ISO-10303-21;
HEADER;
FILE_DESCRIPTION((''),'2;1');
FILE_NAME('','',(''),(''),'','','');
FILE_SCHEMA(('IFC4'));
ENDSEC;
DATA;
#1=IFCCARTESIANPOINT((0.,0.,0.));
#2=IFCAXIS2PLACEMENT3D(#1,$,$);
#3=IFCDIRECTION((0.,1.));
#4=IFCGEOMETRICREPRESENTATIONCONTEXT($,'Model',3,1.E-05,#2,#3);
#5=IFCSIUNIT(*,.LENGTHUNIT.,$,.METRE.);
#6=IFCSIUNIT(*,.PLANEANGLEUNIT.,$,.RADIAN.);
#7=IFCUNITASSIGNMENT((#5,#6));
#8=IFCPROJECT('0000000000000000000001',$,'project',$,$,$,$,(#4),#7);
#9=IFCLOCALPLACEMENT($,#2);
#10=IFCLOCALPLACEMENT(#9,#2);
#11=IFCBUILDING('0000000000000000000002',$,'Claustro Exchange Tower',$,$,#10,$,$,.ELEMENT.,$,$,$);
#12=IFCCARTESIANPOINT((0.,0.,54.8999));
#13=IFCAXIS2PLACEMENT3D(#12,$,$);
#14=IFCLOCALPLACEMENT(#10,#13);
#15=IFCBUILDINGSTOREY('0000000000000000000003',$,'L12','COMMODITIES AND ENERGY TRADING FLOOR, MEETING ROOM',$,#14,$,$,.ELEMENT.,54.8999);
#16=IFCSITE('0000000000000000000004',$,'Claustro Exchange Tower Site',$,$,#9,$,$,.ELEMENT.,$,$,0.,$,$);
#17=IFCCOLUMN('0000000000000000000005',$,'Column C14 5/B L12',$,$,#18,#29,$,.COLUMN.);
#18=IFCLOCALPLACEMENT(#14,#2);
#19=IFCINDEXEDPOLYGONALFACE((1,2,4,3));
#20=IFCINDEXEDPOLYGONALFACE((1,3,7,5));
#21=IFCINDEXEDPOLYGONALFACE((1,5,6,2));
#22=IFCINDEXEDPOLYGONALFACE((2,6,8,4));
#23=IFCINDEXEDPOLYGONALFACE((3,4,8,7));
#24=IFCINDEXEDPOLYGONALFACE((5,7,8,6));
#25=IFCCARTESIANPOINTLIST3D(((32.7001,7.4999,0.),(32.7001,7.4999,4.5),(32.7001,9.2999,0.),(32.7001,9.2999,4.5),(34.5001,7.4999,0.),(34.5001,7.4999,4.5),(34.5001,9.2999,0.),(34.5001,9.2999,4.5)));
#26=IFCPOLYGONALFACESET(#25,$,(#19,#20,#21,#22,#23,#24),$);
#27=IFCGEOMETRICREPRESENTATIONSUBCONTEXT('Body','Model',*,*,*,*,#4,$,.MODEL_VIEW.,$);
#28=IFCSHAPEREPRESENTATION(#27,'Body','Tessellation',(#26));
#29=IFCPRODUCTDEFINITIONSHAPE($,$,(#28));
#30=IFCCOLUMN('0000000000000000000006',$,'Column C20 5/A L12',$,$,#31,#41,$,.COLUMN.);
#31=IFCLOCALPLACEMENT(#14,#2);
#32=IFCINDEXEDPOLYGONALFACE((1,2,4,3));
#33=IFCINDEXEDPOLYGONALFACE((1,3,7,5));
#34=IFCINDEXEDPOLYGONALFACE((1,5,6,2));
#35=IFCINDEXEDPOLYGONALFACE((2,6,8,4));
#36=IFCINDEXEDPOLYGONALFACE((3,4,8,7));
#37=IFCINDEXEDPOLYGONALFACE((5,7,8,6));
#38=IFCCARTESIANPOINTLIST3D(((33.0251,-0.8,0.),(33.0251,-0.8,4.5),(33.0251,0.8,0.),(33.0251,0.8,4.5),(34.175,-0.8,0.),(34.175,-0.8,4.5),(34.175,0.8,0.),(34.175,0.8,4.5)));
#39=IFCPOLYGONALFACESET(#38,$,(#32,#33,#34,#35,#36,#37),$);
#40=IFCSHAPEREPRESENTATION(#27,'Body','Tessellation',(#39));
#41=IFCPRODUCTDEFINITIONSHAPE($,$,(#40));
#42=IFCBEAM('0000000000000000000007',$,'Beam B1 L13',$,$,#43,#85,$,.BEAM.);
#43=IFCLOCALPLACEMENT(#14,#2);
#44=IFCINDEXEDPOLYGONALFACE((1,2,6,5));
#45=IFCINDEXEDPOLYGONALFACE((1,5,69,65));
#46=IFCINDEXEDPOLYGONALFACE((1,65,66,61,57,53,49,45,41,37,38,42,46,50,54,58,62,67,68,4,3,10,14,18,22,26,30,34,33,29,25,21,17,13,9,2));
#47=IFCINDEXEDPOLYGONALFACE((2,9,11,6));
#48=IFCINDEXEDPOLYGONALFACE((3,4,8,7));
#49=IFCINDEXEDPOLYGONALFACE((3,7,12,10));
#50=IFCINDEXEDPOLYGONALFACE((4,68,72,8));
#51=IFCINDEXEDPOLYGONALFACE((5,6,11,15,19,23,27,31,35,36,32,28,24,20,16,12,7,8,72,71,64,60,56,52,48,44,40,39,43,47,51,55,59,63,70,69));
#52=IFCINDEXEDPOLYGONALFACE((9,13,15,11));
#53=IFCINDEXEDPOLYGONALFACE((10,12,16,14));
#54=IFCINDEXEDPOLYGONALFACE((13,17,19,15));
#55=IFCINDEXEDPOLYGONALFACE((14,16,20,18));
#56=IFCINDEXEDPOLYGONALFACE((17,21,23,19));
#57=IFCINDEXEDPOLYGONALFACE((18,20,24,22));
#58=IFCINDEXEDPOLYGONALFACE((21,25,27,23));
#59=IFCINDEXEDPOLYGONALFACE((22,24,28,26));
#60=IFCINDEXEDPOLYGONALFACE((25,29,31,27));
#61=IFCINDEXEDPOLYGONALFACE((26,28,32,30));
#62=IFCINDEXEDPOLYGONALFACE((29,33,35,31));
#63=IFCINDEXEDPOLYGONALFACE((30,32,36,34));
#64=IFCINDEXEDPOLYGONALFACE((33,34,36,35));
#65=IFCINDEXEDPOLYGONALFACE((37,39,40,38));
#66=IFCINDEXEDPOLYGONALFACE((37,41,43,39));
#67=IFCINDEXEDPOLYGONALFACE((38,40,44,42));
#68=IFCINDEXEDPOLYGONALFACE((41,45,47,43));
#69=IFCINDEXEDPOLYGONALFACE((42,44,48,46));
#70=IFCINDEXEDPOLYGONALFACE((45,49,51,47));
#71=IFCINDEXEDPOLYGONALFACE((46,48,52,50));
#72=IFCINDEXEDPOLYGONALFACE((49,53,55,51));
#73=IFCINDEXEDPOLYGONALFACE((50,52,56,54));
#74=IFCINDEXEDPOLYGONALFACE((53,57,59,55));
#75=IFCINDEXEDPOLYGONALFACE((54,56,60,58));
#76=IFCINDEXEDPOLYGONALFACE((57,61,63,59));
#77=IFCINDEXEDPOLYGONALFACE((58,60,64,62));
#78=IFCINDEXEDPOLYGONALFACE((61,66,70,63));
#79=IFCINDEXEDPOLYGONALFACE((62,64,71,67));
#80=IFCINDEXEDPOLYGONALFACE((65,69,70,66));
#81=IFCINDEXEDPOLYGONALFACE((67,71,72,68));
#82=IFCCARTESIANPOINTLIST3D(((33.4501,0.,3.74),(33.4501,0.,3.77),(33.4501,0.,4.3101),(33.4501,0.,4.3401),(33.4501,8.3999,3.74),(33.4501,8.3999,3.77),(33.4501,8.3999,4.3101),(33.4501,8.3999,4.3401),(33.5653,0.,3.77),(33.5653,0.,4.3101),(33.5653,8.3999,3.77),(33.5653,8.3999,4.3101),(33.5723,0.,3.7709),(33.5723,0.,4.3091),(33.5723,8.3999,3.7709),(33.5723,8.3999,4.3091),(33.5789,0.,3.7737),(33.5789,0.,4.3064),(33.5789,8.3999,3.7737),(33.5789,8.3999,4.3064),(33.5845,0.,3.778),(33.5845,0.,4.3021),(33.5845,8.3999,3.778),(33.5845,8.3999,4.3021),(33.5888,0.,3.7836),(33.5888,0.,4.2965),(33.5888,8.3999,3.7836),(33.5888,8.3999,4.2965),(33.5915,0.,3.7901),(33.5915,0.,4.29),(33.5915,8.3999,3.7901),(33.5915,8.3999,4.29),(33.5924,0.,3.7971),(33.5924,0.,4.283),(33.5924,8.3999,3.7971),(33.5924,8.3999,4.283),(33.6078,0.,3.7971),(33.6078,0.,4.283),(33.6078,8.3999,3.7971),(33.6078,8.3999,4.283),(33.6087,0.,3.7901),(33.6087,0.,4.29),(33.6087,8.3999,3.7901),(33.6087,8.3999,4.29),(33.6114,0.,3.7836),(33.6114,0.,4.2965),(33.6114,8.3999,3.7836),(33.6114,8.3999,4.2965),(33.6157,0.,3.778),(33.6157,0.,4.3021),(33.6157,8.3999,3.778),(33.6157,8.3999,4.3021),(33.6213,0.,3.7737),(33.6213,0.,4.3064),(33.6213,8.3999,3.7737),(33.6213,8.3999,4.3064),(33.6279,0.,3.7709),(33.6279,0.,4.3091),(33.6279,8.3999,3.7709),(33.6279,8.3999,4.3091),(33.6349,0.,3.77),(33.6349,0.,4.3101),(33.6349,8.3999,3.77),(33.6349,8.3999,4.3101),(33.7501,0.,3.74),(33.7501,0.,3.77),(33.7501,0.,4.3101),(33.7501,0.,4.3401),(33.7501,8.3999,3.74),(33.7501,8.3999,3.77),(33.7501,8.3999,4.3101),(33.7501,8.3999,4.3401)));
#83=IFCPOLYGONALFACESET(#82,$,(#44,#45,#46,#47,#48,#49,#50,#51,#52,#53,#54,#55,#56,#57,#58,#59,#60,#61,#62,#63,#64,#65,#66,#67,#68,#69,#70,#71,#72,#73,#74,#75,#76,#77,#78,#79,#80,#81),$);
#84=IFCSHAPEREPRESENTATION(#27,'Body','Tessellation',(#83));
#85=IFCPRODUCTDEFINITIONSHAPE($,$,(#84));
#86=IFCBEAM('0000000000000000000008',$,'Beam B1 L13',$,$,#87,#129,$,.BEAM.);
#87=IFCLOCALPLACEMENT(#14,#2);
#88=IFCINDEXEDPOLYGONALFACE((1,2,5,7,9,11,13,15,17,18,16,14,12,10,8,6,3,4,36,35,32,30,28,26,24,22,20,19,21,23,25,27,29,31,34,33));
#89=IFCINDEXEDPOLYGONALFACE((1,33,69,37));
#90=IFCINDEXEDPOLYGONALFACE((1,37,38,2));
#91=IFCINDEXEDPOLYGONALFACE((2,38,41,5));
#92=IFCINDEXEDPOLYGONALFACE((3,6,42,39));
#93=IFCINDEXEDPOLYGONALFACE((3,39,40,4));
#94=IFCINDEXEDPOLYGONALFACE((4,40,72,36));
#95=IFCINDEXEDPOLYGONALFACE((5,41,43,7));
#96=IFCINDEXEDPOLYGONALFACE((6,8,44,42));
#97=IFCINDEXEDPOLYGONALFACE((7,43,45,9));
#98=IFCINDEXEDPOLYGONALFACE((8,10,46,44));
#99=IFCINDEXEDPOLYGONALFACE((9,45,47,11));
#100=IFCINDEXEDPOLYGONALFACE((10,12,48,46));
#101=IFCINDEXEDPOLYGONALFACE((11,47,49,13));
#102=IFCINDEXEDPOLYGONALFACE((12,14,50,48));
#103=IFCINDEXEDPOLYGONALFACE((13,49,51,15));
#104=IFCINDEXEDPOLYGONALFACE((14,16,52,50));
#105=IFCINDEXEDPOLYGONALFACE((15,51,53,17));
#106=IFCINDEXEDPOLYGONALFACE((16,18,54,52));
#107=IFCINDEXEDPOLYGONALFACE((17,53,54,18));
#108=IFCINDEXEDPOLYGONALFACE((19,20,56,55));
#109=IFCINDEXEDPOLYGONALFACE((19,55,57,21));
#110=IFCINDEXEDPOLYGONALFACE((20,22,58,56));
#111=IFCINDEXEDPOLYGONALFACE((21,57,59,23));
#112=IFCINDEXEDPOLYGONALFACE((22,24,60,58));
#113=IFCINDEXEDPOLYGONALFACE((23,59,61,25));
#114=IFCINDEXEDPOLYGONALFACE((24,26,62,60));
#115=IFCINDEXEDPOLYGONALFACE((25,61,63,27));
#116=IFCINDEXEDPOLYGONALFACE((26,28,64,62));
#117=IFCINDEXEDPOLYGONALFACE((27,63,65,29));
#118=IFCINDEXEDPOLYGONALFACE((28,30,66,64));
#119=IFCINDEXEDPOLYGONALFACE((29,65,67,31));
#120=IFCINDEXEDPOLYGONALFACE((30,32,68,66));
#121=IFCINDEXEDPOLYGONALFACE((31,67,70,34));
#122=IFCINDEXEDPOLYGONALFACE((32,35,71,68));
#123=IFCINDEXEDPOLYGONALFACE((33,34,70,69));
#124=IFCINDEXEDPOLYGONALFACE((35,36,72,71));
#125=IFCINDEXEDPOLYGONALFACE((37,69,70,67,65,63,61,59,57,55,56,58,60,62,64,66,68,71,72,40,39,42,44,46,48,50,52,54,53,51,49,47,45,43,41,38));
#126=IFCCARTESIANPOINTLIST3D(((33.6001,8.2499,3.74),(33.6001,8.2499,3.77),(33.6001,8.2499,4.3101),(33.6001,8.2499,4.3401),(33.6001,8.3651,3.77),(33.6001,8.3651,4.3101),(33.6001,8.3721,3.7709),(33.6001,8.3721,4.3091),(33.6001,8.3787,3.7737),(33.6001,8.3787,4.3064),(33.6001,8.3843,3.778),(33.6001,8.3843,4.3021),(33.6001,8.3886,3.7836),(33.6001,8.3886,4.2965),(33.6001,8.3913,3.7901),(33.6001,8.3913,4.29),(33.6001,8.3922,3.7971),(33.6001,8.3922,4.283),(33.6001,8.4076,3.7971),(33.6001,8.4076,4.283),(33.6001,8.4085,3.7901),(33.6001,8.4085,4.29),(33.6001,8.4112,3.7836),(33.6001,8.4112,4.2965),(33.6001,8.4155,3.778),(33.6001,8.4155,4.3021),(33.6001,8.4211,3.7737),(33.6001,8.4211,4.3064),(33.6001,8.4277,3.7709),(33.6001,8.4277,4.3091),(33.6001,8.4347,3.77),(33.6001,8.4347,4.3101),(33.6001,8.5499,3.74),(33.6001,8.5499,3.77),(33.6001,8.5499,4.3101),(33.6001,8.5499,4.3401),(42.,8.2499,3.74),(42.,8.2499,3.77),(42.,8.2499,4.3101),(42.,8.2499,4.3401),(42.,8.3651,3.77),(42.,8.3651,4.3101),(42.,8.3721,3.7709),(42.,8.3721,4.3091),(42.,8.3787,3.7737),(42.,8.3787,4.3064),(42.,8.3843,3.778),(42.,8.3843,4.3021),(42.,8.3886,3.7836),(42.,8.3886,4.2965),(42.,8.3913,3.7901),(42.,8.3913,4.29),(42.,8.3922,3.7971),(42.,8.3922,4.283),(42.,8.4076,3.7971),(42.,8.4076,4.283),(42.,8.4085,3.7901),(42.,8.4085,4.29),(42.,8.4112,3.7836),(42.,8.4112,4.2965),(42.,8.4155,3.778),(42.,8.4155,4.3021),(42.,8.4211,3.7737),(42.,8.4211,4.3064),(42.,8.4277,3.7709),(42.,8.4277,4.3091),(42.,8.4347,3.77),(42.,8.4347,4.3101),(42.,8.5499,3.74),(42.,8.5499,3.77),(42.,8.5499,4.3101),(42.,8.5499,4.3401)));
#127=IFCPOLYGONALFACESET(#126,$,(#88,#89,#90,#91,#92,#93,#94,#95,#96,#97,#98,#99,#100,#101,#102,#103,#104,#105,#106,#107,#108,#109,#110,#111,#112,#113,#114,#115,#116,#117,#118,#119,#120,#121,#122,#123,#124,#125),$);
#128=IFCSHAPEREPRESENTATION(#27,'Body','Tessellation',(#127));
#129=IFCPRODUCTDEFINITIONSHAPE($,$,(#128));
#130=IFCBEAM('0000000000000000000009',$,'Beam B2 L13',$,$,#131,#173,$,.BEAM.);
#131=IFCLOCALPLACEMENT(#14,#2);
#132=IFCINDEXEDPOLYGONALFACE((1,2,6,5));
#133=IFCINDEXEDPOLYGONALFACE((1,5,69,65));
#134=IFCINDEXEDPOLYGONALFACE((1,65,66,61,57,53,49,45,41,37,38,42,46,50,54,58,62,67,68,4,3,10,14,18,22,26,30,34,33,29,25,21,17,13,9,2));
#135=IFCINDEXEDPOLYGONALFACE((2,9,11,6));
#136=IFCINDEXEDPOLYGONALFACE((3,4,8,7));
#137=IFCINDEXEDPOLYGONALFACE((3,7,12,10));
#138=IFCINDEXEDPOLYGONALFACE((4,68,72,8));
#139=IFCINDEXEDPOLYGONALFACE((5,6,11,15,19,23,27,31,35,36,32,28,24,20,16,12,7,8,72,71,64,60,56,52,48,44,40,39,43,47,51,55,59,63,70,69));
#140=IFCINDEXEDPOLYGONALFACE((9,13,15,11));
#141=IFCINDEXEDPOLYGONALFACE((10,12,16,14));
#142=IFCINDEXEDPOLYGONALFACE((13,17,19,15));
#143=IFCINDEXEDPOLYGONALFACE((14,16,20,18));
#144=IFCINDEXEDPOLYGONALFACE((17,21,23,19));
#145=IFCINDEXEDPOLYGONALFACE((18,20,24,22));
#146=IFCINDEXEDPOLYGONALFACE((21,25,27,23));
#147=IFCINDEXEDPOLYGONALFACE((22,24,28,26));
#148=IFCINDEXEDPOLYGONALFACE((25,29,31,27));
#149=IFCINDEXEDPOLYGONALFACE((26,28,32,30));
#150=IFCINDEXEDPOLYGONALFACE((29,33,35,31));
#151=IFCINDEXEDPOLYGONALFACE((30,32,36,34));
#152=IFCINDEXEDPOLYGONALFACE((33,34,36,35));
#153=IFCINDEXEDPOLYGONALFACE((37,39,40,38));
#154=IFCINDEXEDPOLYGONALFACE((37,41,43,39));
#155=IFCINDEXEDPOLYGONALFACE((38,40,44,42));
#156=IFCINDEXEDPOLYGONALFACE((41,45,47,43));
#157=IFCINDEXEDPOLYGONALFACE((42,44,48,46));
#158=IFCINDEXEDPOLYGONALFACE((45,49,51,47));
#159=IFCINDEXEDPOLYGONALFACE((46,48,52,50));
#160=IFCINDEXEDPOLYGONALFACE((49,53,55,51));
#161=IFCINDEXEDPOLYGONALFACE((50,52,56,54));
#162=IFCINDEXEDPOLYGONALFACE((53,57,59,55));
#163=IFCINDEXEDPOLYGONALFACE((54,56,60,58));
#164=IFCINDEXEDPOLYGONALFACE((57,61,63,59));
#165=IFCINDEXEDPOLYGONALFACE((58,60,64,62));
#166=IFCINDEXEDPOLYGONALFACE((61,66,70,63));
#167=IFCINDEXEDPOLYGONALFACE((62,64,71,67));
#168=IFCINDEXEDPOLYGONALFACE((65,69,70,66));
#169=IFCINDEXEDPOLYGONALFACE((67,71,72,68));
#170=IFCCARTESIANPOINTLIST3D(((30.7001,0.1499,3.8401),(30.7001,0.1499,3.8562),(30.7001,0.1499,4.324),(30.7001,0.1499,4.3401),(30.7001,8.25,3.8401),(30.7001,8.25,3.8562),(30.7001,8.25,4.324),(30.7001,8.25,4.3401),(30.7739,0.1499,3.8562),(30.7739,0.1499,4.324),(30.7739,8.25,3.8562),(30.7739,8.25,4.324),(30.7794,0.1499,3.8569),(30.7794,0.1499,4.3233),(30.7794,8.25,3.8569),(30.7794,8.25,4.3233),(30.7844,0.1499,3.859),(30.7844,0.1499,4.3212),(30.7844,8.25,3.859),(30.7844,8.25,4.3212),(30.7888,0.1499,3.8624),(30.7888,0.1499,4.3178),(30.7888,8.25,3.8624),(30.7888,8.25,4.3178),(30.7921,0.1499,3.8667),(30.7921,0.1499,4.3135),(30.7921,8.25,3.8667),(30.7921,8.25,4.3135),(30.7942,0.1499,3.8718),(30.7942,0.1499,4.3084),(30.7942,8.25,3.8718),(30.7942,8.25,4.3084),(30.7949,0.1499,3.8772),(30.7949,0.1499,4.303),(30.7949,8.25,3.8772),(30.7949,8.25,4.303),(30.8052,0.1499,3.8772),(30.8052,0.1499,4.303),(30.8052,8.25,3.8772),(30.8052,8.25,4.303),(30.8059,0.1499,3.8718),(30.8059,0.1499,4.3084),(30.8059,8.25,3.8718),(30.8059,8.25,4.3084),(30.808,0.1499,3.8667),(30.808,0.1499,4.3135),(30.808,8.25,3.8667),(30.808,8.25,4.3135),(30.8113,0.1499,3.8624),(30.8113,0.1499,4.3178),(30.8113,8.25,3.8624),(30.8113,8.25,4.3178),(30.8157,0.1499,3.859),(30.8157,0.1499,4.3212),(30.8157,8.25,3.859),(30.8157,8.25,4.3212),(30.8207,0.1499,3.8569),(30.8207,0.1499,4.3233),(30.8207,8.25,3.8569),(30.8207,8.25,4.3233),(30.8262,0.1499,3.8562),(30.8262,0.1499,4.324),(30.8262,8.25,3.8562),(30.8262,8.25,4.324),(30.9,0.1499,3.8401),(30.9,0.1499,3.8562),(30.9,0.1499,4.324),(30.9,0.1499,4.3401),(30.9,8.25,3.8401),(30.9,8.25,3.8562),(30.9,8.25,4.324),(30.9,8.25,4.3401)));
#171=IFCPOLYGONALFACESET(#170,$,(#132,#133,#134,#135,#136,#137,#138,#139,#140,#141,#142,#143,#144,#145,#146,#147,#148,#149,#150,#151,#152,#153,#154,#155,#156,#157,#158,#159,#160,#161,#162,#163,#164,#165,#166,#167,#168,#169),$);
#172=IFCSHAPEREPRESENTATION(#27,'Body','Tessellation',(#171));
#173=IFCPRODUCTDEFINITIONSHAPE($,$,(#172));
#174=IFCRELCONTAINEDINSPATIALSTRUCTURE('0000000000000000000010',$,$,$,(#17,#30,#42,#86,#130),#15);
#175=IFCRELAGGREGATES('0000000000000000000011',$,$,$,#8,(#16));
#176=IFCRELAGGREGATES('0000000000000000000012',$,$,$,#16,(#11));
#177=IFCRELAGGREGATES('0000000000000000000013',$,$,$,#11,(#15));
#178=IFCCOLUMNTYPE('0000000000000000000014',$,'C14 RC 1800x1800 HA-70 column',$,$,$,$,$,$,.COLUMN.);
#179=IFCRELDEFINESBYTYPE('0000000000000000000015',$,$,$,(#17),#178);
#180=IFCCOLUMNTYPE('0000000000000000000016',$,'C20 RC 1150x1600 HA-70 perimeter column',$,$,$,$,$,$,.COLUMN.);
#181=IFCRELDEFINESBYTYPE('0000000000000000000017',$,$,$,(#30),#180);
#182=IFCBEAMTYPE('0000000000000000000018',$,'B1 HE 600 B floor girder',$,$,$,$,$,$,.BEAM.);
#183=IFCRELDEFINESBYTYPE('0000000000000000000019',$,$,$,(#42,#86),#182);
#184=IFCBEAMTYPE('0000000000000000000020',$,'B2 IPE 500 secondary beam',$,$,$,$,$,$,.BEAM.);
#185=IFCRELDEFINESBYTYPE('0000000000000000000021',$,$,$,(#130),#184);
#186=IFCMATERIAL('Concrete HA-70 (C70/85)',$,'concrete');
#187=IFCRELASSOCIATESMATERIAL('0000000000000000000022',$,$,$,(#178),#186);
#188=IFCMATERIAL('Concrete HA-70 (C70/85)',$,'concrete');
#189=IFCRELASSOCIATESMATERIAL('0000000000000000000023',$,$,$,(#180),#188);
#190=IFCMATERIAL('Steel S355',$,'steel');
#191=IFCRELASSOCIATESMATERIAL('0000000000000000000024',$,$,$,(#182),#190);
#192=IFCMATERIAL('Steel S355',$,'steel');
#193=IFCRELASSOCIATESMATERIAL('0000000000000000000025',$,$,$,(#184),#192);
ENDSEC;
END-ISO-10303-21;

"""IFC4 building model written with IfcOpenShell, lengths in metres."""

from ifc_helpers import new_model, si_unit, direction, frame, origin, origin_2d, place, context, subcontext, project, spatial, rectangle, i_section, extrude, material, material_profile, profile_set, type_object, element, save


model = new_model("IFC4")

# Units and contexts
model_context = context("Model", 3, precision=1e-05, world=origin(), true_north=direction((0.0, 1.0)))
body_context = subcontext(model_context, "Body", "Model", "MODEL_VIEW")
ifc_project = project(units=[si_unit("LENGTHUNIT", "METRE"), si_unit("PLANEANGLEUNIT", "RADIAN")], contexts=[model_context])

# Site, building, storey
site_placement = place(None, origin())
site = spatial("IfcSite", under=ifc_project, at=site_placement, Name="Claustro Exchange Tower Site", CompositionType="ELEMENT", RefElevation=0.0)
building_placement = place(site_placement, origin())
building = spatial("IfcBuilding", under=site, at=building_placement, Name="Claustro Exchange Tower", CompositionType="ELEMENT")
storey_placement = place(building_placement, frame((0.0, 0.0, 54.8999)))
storey = spatial("IfcBuildingStorey", under=building, at=storey_placement, Name="L12", Description="COMMODITIES AND ENERGY TRADING FLOOR, MEETING ROOM", CompositionType="ELEMENT", Elevation=54.8999)

# Columns
ifc_material_1 = material(Name="Concrete HA-70 (C70/85)", Category="concrete")
ifc_material_profile_1 = material_profile(ifc_material_1, rectangle(XDim=1.8, YDim=1.8, at=origin_2d()), Name="RC 1800x1800")
ifc_profile_set_1 = profile_set([ifc_material_profile_1], Name="Concrete HA-70 (C70/85)")
column_type_1 = type_object("IfcColumnType", Name="C14 RC 1800x1800 HA-70 column", PredefinedType="COLUMN", material=ifc_profile_set_1)
column_1_placement = place(storey_placement, frame((33.6001, 8.3999, 0.0), z_axis=(0.0, 0.0, 1.0), x_axis=(1.0, 0.0, 0.0)))
element("IfcColumn", 1, at=column_1_placement, inside=storey, type_object=column_type_1, Name="Column C14 5/B L12", PredefinedType="COLUMN", context=body_context, shape_type="SweptSolid", body=[
    extrude(rectangle(XDim=1.8, YDim=1.8, at=origin_2d()), origin(), (0.0, 0.0, 1.0), 4.5),
])
ifc_material_2 = material(Name="Concrete HA-70 (C70/85)", Category="concrete")
ifc_material_profile_2 = material_profile(ifc_material_2, rectangle(XDim=1.1499, YDim=1.6001, at=origin_2d()), Name="RC 1150x1600")
ifc_profile_set_2 = profile_set([ifc_material_profile_2], Name="Concrete HA-70 (C70/85)")
column_type_2 = type_object("IfcColumnType", Name="C20 RC 1150x1600 HA-70 perimeter column", PredefinedType="COLUMN", material=ifc_profile_set_2)
column_2_placement = place(storey_placement, frame((33.6001, 0.0, 0.0), z_axis=(0.0, 0.0, 1.0), x_axis=(1.0, 0.0, 0.0)))
element("IfcColumn", 2, at=column_2_placement, inside=storey, type_object=column_type_2, Name="Column C20 5/A L12", PredefinedType="COLUMN", context=body_context, shape_type="SweptSolid", body=[
    extrude(rectangle(XDim=1.1499, YDim=1.6001, at=origin_2d()), origin(), (0.0, 0.0, 1.0), 4.5),
])

# Beams
ifc_material_3 = material(Name="Steel S355", Category="steel")
ifc_material_profile_3 = material_profile(ifc_material_3, i_section(OverallWidth=0.3, OverallDepth=0.6001, WebThickness=0.0154, FlangeThickness=0.03, FilletRadius=0.0271, at=origin_2d()), Name="HE 600 B")
ifc_profile_set_3 = profile_set([ifc_material_profile_3], Name="Steel S355")
beam_type_1 = type_object("IfcBeamType", Name="B1 HE 600 B floor girder", PredefinedType="BEAM", material=ifc_profile_set_3)
for number, where, z_axis, x_axis, name in (
    (3, (33.6001, 0.0, 4.04), (0.0, 1.0, 0.0), (-1.0, 0.0, 0.0), "Beam B1 L13"),
    (4, (33.6001, 8.3999, 4.04), (1.0, 0.0, 0.0), (0.0, 1.0, 0.0), "Beam B1 L13"),
):
    element("IfcBeam", number, at=place(storey_placement, frame(where, z_axis=z_axis, x_axis=x_axis)), inside=storey, type_object=beam_type_1, Name=name, PredefinedType="BEAM", context=body_context, shape_type="SweptSolid", body=[
        extrude(i_section(OverallWidth=0.3, OverallDepth=0.6001, WebThickness=0.0154, FlangeThickness=0.03, FilletRadius=0.0271, at=origin_2d()), origin(), (0.0, 0.0, 1.0), 8.3999),
    ])
ifc_material_4 = material(Name="Steel S355", Category="steel")
ifc_material_profile_4 = material_profile(ifc_material_4, i_section(OverallWidth=0.2, OverallDepth=0.5, WebThickness=0.0103, FlangeThickness=0.0161, FilletRadius=0.021, at=origin_2d()), Name="IPE 500")
ifc_profile_set_4 = profile_set([ifc_material_profile_4], Name="Steel S355")
beam_type_2 = type_object("IfcBeamType", Name="B2 IPE 500 secondary beam", PredefinedType="BEAM", material=ifc_profile_set_4)
beam_1_placement = place(storey_placement, frame((30.8, 0.1499, 4.0901), z_axis=(0.0, 1.0, 0.0), x_axis=(-1.0, 0.0, 0.0)))
element("IfcBeam", 5, at=beam_1_placement, inside=storey, type_object=beam_type_2, Name="Beam B2 L13", PredefinedType="BEAM", context=body_context, shape_type="SweptSolid", body=[
    extrude(i_section(OverallWidth=0.2, OverallDepth=0.5, WebThickness=0.0103, FlangeThickness=0.0161, FilletRadius=0.021, at=origin_2d()), origin(), (0.0, 0.0, 1.0), 8.1001),
])

save(model, "model.ifc")
